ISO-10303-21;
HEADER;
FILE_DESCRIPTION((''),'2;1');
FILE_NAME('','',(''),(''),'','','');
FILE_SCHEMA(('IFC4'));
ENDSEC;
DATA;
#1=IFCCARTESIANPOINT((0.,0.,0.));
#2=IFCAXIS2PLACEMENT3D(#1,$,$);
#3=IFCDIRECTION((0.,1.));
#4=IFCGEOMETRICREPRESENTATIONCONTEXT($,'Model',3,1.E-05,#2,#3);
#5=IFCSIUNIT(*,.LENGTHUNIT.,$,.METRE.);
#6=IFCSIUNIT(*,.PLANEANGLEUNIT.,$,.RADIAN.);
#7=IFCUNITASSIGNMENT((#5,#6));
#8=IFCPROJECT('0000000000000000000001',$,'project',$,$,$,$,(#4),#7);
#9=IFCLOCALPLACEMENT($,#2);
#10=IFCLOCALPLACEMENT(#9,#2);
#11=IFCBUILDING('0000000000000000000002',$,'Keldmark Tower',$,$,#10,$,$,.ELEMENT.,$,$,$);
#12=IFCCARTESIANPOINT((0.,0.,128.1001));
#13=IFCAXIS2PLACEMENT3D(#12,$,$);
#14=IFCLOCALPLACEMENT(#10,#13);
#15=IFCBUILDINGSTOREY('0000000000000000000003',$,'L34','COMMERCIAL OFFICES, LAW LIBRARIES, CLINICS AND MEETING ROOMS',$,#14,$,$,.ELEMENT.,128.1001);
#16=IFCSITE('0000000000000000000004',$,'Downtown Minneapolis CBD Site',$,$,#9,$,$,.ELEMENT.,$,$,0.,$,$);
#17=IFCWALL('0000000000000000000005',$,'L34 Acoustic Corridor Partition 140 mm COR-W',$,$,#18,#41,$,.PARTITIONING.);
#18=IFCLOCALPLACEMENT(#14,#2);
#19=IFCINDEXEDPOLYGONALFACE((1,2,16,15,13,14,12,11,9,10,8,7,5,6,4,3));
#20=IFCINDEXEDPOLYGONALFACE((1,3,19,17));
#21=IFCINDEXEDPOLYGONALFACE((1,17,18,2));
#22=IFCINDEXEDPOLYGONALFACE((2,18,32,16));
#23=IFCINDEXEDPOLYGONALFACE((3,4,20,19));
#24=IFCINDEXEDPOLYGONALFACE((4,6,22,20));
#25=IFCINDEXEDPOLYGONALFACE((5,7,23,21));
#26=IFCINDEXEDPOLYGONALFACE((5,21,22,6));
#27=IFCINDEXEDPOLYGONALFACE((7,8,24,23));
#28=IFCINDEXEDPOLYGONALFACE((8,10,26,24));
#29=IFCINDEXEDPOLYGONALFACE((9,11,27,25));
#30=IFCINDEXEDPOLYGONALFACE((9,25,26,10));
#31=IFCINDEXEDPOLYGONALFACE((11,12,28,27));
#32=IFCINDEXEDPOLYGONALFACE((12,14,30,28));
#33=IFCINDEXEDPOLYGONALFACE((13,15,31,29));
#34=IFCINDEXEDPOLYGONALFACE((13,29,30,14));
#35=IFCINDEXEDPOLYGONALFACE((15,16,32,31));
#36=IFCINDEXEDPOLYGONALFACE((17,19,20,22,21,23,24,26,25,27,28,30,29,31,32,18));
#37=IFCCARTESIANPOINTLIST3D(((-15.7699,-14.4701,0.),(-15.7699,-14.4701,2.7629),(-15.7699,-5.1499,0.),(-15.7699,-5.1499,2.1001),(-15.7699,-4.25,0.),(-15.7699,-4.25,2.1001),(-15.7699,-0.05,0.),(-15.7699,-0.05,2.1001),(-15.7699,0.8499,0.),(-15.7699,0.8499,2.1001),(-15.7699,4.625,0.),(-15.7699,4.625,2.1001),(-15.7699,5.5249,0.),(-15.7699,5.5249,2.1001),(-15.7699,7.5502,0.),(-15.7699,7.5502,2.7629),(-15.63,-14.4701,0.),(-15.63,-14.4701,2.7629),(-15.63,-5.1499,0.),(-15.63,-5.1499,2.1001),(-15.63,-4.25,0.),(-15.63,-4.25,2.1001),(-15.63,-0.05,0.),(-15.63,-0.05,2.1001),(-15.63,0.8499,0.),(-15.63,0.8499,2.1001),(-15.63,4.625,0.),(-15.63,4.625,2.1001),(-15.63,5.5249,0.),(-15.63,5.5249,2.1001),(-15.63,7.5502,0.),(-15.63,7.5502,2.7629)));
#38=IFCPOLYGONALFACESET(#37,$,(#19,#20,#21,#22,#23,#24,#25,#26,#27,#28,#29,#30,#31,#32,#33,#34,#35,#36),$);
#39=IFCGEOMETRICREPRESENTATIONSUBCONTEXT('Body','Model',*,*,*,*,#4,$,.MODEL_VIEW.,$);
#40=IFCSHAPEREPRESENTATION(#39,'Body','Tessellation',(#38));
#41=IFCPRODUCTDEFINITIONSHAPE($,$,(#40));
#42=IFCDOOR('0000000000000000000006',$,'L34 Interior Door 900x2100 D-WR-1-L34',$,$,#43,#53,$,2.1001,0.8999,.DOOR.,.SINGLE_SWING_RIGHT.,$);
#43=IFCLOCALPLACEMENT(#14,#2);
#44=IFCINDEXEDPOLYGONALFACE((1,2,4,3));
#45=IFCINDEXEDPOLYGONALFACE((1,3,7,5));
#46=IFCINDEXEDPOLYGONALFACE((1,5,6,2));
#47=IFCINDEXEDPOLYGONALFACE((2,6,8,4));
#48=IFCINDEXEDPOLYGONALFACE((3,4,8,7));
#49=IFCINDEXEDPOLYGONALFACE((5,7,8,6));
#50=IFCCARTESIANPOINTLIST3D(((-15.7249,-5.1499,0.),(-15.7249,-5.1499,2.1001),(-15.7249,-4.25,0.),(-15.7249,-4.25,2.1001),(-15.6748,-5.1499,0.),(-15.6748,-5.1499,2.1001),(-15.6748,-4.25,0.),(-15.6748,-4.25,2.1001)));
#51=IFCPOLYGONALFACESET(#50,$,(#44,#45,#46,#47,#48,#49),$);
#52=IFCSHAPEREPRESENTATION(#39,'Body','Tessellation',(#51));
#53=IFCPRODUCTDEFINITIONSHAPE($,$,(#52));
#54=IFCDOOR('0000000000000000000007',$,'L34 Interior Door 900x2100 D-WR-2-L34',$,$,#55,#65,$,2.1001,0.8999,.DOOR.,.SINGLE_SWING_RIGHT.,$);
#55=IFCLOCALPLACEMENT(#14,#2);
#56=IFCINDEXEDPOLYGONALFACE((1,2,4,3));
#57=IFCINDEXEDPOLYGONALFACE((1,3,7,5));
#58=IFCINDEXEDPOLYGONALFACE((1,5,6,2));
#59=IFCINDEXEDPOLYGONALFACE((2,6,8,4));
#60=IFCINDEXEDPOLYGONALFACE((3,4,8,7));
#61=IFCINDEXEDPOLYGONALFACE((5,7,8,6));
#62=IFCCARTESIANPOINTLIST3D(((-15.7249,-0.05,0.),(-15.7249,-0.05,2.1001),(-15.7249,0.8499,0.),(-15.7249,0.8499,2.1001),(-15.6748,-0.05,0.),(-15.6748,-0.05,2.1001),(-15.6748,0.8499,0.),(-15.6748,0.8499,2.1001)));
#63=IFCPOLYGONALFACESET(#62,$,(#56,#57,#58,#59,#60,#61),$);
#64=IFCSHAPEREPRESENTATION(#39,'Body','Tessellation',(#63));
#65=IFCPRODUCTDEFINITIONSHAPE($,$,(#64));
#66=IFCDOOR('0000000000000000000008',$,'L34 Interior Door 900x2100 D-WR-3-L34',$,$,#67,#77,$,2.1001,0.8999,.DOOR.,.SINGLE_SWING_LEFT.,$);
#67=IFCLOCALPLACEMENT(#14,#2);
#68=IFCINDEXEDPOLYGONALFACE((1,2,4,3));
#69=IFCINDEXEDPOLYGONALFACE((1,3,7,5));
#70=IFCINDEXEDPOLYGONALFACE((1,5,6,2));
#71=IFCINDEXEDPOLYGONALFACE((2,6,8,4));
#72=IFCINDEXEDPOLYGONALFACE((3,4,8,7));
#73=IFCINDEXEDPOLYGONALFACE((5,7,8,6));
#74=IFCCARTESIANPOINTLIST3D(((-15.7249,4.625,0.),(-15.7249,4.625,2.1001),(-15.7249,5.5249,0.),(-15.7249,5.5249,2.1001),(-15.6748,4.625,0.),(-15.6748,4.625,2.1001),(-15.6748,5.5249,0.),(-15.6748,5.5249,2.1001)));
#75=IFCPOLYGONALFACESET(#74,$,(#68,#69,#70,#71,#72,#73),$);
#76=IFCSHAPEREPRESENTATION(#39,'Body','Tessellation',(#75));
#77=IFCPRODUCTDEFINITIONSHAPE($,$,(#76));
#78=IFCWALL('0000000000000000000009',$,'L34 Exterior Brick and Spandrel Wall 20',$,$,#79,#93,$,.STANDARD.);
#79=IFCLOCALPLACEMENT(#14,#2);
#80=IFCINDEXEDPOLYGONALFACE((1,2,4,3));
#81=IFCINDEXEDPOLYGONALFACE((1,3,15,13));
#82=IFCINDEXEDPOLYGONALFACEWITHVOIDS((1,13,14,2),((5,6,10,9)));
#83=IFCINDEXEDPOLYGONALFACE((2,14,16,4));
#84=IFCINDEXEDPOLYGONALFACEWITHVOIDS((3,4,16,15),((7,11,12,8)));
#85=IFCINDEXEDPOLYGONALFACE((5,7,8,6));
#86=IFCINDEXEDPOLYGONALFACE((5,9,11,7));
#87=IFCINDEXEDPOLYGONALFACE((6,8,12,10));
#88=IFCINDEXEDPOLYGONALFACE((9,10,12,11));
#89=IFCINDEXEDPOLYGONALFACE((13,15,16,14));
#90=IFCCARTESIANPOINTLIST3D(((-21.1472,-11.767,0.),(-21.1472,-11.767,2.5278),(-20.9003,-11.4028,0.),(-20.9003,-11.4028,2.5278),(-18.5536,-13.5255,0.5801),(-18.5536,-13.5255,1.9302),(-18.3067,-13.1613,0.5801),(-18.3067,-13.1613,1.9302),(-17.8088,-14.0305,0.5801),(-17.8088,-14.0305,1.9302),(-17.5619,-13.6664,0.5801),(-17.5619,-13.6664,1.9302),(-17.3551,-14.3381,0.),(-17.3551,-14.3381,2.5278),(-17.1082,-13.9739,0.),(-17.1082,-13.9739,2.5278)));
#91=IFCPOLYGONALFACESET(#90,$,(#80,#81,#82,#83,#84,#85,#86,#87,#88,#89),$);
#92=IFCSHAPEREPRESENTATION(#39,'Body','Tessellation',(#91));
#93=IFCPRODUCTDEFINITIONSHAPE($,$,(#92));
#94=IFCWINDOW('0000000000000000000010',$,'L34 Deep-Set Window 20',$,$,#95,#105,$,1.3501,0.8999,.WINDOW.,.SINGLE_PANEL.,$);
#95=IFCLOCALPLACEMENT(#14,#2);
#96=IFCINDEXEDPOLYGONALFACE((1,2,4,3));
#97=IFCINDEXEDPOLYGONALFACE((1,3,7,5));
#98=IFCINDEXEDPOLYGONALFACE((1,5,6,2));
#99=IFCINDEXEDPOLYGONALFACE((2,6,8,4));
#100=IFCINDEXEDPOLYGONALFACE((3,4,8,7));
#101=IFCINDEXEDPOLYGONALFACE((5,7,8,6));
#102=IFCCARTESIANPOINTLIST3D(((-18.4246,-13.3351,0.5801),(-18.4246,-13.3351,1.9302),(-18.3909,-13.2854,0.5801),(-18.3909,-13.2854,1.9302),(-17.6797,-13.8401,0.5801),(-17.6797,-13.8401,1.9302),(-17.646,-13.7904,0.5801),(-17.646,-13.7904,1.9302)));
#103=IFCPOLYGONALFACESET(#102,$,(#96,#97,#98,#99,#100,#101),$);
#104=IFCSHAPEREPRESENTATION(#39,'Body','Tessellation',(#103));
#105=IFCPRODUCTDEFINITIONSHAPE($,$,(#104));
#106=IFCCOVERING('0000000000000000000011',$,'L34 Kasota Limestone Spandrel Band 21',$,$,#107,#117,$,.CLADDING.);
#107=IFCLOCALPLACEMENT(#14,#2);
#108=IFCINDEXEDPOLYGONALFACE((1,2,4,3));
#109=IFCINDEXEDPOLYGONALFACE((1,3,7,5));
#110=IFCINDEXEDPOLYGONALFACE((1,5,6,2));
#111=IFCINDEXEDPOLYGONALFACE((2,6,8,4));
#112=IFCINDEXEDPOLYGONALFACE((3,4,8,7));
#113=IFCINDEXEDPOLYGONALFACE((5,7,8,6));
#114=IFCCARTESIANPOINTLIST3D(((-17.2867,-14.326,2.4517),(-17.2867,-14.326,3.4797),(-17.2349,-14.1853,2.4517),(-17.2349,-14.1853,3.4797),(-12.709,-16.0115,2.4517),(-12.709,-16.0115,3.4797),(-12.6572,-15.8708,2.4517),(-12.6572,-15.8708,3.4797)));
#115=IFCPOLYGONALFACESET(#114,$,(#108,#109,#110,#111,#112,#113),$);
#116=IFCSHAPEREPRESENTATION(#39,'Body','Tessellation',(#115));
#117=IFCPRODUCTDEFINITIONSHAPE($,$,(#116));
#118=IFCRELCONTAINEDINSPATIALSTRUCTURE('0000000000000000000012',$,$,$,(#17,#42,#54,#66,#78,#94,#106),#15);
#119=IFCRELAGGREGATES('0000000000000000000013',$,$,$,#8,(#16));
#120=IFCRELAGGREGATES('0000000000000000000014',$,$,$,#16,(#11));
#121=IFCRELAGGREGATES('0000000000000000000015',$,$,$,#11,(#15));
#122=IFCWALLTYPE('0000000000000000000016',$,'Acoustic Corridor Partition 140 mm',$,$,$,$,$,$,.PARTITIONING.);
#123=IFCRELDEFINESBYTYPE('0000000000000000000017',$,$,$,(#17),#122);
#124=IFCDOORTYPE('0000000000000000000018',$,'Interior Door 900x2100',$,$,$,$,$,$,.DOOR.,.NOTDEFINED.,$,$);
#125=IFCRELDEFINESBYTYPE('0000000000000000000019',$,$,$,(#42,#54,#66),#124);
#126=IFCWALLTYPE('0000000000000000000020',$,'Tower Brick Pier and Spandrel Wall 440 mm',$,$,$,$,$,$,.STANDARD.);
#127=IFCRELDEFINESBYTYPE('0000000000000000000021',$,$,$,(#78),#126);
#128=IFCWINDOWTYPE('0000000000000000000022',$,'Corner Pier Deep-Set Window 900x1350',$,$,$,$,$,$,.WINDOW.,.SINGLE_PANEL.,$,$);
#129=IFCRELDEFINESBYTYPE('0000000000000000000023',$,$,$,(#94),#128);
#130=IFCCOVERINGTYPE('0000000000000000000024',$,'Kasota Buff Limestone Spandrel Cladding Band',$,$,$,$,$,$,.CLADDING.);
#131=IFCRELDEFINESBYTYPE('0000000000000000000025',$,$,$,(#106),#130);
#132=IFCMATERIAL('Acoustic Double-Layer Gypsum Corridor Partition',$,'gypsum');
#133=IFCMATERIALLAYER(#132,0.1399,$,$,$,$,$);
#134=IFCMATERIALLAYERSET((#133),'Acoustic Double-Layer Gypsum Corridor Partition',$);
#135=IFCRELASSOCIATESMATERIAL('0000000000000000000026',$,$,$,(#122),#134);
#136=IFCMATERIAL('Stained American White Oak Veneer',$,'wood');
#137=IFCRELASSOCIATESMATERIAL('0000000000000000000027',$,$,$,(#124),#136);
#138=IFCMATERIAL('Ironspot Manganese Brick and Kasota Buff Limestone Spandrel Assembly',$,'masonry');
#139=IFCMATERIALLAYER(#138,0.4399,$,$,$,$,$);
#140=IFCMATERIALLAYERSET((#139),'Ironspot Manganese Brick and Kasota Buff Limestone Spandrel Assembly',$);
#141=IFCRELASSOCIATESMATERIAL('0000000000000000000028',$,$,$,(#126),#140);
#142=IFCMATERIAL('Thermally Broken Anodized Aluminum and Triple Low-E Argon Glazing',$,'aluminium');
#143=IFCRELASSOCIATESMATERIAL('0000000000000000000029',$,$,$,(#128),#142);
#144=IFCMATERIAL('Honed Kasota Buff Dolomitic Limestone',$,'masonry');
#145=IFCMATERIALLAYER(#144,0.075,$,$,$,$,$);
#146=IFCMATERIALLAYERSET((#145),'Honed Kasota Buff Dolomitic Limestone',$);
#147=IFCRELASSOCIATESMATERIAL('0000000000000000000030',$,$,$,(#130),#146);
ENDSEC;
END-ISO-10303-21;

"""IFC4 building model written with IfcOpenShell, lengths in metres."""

from ifc_helpers import new_model, si_unit, direction, frame, frame_2d, origin, origin_2d, place, context, subcontext, project, spatial, rectangle, extrude, material, layer, layer_set, type_object, element, fill, save


model = new_model("IFC4")

# Units and contexts
model_context = context("Model", 3, precision=1e-05, world=origin(), true_north=direction((0.0, 1.0)))
body_context = subcontext(model_context, "Body", "Model", "MODEL_VIEW")
ifc_project = project(units=[si_unit("LENGTHUNIT", "METRE"), si_unit("PLANEANGLEUNIT", "RADIAN")], contexts=[model_context])

# Site, building, storey
site_placement = place(None, origin())
site = spatial("IfcSite", under=ifc_project, at=site_placement, Name="Downtown Minneapolis CBD Site", CompositionType="ELEMENT", RefElevation=0.0)
building_placement = place(site_placement, origin())
building = spatial("IfcBuilding", under=site, at=building_placement, Name="Keldmark Tower", CompositionType="ELEMENT")
storey_placement = place(building_placement, frame((0.0, 0.0, 128.1001)))
storey = spatial("IfcBuildingStorey", under=building, at=storey_placement, Name="L34", Description="COMMERCIAL OFFICES, LAW LIBRARIES, CLINICS AND MEETING ROOMS", CompositionType="ELEMENT", Elevation=128.1001)

# Wall, openings, doors
ifc_material_1 = material(Name="Acoustic Double-Layer Gypsum Corridor Partition", Category="gypsum")
ifc_layer_1 = layer(ifc_material_1, 0.1399)
ifc_layer_set_1 = layer_set([ifc_layer_1], Name="Acoustic Double-Layer Gypsum Corridor Partition")
wall_type_1 = type_object("IfcWallType", Name="Acoustic Corridor Partition 140 mm", PredefinedType="PARTITIONING", material=ifc_layer_set_1)
ifc_material_2 = material(Name="Stained American White Oak Veneer", Category="wood")
door_type = type_object("IfcDoorType", Name="Interior Door 900x2100", OperationType="NOTDEFINED", PredefinedType="DOOR", material=ifc_material_2)
wall_1_placement = place(storey_placement, frame((-15.7, -14.4702, 0.0), z_axis=(0.0, 0.0, 1.0), x_axis=(0.0, 1.0, 0.0)))
wall_1 = element("IfcWall", 1, at=wall_1_placement, inside=storey, type_object=wall_type_1, Name="L34 Acoustic Corridor Partition 140 mm COR-W", PredefinedType="PARTITIONING", context=body_context, shape_type="SweptSolid", body=[
    extrude(rectangle(XDim=22.0203, YDim=0.1399, at=frame_2d((11.0103, 0.0))), origin(), (0.0, 0.0, 1.0), 2.7629),
])
opening_1_placement = place(wall_1_placement, frame((9.3203, 0.0, 0.0)))
opening_1 = element("IfcOpeningElement", 2, at=opening_1_placement, cuts=wall_1, PredefinedType="OPENING", context=body_context, shape_type="SweptSolid", body=[
    extrude(rectangle(XDim=0.8999, YDim=2.1001, at=frame_2d((0.45, 1.05))), frame((0.0, 0.0798, 0.0), z_axis=(0.0, -1.0, 0.0), x_axis=(1.0, 0.0, 0.0)), (0.0, 0.0, 1.0), 0.1599),
])
opening_2_placement = place(wall_1_placement, frame((14.4202, 0.0, 0.0)))
opening_2 = element("IfcOpeningElement", 3, at=opening_2_placement, cuts=wall_1, PredefinedType="OPENING", context=body_context, shape_type="SweptSolid", body=[
    extrude(rectangle(XDim=0.8999, YDim=2.1001, at=frame_2d((0.45, 1.05))), frame((0.0, 0.0798, 0.0), z_axis=(0.0, -1.0, 0.0), x_axis=(1.0, 0.0, 0.0)), (0.0, 0.0, 1.0), 0.1599),
])
opening_3_placement = place(wall_1_placement, frame((19.0952, 0.0, 0.0)))
opening_3 = element("IfcOpeningElement", 4, at=opening_3_placement, cuts=wall_1, PredefinedType="OPENING", context=body_context, shape_type="SweptSolid", body=[
    extrude(rectangle(XDim=0.8999, YDim=2.1001, at=frame_2d((0.45, 1.05))), frame((0.0, 0.0798, 0.0), z_axis=(0.0, -1.0, 0.0), x_axis=(1.0, 0.0, 0.0)), (0.0, 0.0, 1.0), 0.1599),
])
door_1_placement = place(opening_1_placement, origin())
door_1 = element("IfcDoor", 5, at=door_1_placement, inside=storey, type_object=door_type, Name="L34 Interior Door 900x2100 D-WR-1-L34", OperationType="SINGLE_SWING_RIGHT", OverallHeight=2.1001, OverallWidth=0.8999, PredefinedType="DOOR", context=body_context, shape_type="SweptSolid", body=[
    extrude(rectangle(XDim=0.8999, YDim=2.1001, at=frame_2d((0.45, 1.05))), frame((0.0, 0.0249, 0.0), z_axis=(0.0, -1.0, 0.0), x_axis=(1.0, 0.0, 0.0)), (0.0, 0.0, 1.0), 0.05),
])
fill(opening_1, door_1)
door_2_placement = place(opening_2_placement, origin())
door_2 = element("IfcDoor", 6, at=door_2_placement, inside=storey, type_object=door_type, Name="L34 Interior Door 900x2100 D-WR-2-L34", OperationType="SINGLE_SWING_RIGHT", OverallHeight=2.1001, OverallWidth=0.8999, PredefinedType="DOOR", context=body_context, shape_type="SweptSolid", body=[
    extrude(rectangle(XDim=0.8999, YDim=2.1001, at=frame_2d((0.45, 1.05))), frame((0.0, 0.0249, 0.0), z_axis=(0.0, -1.0, 0.0), x_axis=(1.0, 0.0, 0.0)), (0.0, 0.0, 1.0), 0.05),
])
fill(opening_2, door_2)
door_3_placement = place(opening_3_placement, origin())
door_3 = element("IfcDoor", 7, at=door_3_placement, inside=storey, type_object=door_type, Name="L34 Interior Door 900x2100 D-WR-3-L34", OperationType="SINGLE_SWING_LEFT", OverallHeight=2.1001, OverallWidth=0.8999, PredefinedType="DOOR", context=body_context, shape_type="SweptSolid", body=[
    extrude(rectangle(XDim=0.8999, YDim=2.1001, at=frame_2d((0.45, 1.05))), frame((0.0, 0.0249, 0.0), z_axis=(0.0, -1.0, 0.0), x_axis=(1.0, 0.0, 0.0)), (0.0, 0.0, 1.0), 0.05),
])
fill(opening_3, door_3)

# Wall, opening, window
ifc_material_3 = material(Name="Ironspot Manganese Brick and Kasota Buff Limestone Spandrel Assembly", Category="masonry")
ifc_layer_2 = layer(ifc_material_3, 0.4399)
ifc_layer_set_2 = layer_set([ifc_layer_2], Name="Ironspot Manganese Brick and Kasota Buff Limestone Spandrel Assembly")
wall_type_2 = type_object("IfcWallType", Name="Tower Brick Pier and Spandrel Wall 440 mm", PredefinedType="STANDARD", material=ifc_layer_set_2)
wall_2_placement = place(storey_placement, frame((-17.2317, -14.156, 0.0), z_axis=(0.0, 0.0, 1.0), x_axis=(-0.827688, 0.561189, 0.0)))
wall_2 = element("IfcWall", 8, at=wall_2_placement, inside=storey, type_object=wall_type_2, Name="L34 Exterior Brick and Spandrel Wall 20", PredefinedType="STANDARD", context=body_context, shape_type="SweptSolid", body=[
    extrude(rectangle(XDim=4.5815, YDim=0.4399, at=frame_2d((2.2908, 0.0))), origin(), (0.0, 0.0, 1.0), 2.5278),
])
opening_4_placement = place(wall_2_placement, frame((0.5481, 0.0, 0.5801)))
opening_4 = element("IfcOpeningElement", 9, at=opening_4_placement, cuts=wall_2, PredefinedType="OPENING", context=body_context, shape_type="SweptSolid", body=[
    extrude(rectangle(XDim=0.8999, YDim=1.3501, at=frame_2d((0.45, 0.675))), frame((0.0, 0.23, 0.0), z_axis=(0.0, -1.0, 0.0), x_axis=(1.0, 0.0, 0.0)), (0.0, 0.0, 1.0), 0.46),
])
ifc_material_4 = material(Name="Thermally Broken Anodized Aluminum and Triple Low-E Argon Glazing", Category="aluminium")
window_type = type_object("IfcWindowType", Name="Corner Pier Deep-Set Window 900x1350", PartitioningType="SINGLE_PANEL", PredefinedType="WINDOW", material=ifc_material_4)
window_placement = place(opening_4_placement, origin())
window = element("IfcWindow", 10, at=window_placement, inside=storey, type_object=window_type, Name="L34 Deep-Set Window 20", OverallHeight=1.3501, OverallWidth=0.8999, PartitioningType="SINGLE_PANEL", PredefinedType="WINDOW", context=body_context, shape_type="SweptSolid", body=[
    extrude(rectangle(XDim=0.8999, YDim=1.3501, at=frame_2d((0.45, 0.675))), frame((0.0, -0.01, 0.0), z_axis=(0.0, -1.0, 0.0), x_axis=(1.0, 0.0, 0.0)), (0.0, 0.0, 1.0), 0.0601),
])
fill(opening_4, window)

# Covering
ifc_material_5 = material(Name="Honed Kasota Buff Dolomitic Limestone", Category="masonry")
ifc_layer_3 = layer(ifc_material_5, 0.075)
ifc_layer_set_3 = layer_set([ifc_layer_3], Name="Honed Kasota Buff Dolomitic Limestone")
covering_type = type_object("IfcCoveringType", Name="Kasota Buff Limestone Spandrel Cladding Band", PredefinedType="CLADDING", material=ifc_layer_set_3)
covering_placement = place(storey_placement, frame((-14.9719, -15.0984, 2.4517), z_axis=(0.0, 0.0, 1.0), x_axis=(0.938409, -0.345528, 0.0)))
element("IfcCovering", 11, at=covering_placement, inside=storey, type_object=covering_type, Name="L34 Kasota Limestone Spandrel Band 21", PredefinedType="CLADDING", context=body_context, shape_type="SweptSolid", body=[
    extrude(rectangle(XDim=4.8782, YDim=0.1499, at=origin_2d()), origin(), (0.0, 0.0, 1.0), 1.0281),
])

save(model, "model.ifc")
